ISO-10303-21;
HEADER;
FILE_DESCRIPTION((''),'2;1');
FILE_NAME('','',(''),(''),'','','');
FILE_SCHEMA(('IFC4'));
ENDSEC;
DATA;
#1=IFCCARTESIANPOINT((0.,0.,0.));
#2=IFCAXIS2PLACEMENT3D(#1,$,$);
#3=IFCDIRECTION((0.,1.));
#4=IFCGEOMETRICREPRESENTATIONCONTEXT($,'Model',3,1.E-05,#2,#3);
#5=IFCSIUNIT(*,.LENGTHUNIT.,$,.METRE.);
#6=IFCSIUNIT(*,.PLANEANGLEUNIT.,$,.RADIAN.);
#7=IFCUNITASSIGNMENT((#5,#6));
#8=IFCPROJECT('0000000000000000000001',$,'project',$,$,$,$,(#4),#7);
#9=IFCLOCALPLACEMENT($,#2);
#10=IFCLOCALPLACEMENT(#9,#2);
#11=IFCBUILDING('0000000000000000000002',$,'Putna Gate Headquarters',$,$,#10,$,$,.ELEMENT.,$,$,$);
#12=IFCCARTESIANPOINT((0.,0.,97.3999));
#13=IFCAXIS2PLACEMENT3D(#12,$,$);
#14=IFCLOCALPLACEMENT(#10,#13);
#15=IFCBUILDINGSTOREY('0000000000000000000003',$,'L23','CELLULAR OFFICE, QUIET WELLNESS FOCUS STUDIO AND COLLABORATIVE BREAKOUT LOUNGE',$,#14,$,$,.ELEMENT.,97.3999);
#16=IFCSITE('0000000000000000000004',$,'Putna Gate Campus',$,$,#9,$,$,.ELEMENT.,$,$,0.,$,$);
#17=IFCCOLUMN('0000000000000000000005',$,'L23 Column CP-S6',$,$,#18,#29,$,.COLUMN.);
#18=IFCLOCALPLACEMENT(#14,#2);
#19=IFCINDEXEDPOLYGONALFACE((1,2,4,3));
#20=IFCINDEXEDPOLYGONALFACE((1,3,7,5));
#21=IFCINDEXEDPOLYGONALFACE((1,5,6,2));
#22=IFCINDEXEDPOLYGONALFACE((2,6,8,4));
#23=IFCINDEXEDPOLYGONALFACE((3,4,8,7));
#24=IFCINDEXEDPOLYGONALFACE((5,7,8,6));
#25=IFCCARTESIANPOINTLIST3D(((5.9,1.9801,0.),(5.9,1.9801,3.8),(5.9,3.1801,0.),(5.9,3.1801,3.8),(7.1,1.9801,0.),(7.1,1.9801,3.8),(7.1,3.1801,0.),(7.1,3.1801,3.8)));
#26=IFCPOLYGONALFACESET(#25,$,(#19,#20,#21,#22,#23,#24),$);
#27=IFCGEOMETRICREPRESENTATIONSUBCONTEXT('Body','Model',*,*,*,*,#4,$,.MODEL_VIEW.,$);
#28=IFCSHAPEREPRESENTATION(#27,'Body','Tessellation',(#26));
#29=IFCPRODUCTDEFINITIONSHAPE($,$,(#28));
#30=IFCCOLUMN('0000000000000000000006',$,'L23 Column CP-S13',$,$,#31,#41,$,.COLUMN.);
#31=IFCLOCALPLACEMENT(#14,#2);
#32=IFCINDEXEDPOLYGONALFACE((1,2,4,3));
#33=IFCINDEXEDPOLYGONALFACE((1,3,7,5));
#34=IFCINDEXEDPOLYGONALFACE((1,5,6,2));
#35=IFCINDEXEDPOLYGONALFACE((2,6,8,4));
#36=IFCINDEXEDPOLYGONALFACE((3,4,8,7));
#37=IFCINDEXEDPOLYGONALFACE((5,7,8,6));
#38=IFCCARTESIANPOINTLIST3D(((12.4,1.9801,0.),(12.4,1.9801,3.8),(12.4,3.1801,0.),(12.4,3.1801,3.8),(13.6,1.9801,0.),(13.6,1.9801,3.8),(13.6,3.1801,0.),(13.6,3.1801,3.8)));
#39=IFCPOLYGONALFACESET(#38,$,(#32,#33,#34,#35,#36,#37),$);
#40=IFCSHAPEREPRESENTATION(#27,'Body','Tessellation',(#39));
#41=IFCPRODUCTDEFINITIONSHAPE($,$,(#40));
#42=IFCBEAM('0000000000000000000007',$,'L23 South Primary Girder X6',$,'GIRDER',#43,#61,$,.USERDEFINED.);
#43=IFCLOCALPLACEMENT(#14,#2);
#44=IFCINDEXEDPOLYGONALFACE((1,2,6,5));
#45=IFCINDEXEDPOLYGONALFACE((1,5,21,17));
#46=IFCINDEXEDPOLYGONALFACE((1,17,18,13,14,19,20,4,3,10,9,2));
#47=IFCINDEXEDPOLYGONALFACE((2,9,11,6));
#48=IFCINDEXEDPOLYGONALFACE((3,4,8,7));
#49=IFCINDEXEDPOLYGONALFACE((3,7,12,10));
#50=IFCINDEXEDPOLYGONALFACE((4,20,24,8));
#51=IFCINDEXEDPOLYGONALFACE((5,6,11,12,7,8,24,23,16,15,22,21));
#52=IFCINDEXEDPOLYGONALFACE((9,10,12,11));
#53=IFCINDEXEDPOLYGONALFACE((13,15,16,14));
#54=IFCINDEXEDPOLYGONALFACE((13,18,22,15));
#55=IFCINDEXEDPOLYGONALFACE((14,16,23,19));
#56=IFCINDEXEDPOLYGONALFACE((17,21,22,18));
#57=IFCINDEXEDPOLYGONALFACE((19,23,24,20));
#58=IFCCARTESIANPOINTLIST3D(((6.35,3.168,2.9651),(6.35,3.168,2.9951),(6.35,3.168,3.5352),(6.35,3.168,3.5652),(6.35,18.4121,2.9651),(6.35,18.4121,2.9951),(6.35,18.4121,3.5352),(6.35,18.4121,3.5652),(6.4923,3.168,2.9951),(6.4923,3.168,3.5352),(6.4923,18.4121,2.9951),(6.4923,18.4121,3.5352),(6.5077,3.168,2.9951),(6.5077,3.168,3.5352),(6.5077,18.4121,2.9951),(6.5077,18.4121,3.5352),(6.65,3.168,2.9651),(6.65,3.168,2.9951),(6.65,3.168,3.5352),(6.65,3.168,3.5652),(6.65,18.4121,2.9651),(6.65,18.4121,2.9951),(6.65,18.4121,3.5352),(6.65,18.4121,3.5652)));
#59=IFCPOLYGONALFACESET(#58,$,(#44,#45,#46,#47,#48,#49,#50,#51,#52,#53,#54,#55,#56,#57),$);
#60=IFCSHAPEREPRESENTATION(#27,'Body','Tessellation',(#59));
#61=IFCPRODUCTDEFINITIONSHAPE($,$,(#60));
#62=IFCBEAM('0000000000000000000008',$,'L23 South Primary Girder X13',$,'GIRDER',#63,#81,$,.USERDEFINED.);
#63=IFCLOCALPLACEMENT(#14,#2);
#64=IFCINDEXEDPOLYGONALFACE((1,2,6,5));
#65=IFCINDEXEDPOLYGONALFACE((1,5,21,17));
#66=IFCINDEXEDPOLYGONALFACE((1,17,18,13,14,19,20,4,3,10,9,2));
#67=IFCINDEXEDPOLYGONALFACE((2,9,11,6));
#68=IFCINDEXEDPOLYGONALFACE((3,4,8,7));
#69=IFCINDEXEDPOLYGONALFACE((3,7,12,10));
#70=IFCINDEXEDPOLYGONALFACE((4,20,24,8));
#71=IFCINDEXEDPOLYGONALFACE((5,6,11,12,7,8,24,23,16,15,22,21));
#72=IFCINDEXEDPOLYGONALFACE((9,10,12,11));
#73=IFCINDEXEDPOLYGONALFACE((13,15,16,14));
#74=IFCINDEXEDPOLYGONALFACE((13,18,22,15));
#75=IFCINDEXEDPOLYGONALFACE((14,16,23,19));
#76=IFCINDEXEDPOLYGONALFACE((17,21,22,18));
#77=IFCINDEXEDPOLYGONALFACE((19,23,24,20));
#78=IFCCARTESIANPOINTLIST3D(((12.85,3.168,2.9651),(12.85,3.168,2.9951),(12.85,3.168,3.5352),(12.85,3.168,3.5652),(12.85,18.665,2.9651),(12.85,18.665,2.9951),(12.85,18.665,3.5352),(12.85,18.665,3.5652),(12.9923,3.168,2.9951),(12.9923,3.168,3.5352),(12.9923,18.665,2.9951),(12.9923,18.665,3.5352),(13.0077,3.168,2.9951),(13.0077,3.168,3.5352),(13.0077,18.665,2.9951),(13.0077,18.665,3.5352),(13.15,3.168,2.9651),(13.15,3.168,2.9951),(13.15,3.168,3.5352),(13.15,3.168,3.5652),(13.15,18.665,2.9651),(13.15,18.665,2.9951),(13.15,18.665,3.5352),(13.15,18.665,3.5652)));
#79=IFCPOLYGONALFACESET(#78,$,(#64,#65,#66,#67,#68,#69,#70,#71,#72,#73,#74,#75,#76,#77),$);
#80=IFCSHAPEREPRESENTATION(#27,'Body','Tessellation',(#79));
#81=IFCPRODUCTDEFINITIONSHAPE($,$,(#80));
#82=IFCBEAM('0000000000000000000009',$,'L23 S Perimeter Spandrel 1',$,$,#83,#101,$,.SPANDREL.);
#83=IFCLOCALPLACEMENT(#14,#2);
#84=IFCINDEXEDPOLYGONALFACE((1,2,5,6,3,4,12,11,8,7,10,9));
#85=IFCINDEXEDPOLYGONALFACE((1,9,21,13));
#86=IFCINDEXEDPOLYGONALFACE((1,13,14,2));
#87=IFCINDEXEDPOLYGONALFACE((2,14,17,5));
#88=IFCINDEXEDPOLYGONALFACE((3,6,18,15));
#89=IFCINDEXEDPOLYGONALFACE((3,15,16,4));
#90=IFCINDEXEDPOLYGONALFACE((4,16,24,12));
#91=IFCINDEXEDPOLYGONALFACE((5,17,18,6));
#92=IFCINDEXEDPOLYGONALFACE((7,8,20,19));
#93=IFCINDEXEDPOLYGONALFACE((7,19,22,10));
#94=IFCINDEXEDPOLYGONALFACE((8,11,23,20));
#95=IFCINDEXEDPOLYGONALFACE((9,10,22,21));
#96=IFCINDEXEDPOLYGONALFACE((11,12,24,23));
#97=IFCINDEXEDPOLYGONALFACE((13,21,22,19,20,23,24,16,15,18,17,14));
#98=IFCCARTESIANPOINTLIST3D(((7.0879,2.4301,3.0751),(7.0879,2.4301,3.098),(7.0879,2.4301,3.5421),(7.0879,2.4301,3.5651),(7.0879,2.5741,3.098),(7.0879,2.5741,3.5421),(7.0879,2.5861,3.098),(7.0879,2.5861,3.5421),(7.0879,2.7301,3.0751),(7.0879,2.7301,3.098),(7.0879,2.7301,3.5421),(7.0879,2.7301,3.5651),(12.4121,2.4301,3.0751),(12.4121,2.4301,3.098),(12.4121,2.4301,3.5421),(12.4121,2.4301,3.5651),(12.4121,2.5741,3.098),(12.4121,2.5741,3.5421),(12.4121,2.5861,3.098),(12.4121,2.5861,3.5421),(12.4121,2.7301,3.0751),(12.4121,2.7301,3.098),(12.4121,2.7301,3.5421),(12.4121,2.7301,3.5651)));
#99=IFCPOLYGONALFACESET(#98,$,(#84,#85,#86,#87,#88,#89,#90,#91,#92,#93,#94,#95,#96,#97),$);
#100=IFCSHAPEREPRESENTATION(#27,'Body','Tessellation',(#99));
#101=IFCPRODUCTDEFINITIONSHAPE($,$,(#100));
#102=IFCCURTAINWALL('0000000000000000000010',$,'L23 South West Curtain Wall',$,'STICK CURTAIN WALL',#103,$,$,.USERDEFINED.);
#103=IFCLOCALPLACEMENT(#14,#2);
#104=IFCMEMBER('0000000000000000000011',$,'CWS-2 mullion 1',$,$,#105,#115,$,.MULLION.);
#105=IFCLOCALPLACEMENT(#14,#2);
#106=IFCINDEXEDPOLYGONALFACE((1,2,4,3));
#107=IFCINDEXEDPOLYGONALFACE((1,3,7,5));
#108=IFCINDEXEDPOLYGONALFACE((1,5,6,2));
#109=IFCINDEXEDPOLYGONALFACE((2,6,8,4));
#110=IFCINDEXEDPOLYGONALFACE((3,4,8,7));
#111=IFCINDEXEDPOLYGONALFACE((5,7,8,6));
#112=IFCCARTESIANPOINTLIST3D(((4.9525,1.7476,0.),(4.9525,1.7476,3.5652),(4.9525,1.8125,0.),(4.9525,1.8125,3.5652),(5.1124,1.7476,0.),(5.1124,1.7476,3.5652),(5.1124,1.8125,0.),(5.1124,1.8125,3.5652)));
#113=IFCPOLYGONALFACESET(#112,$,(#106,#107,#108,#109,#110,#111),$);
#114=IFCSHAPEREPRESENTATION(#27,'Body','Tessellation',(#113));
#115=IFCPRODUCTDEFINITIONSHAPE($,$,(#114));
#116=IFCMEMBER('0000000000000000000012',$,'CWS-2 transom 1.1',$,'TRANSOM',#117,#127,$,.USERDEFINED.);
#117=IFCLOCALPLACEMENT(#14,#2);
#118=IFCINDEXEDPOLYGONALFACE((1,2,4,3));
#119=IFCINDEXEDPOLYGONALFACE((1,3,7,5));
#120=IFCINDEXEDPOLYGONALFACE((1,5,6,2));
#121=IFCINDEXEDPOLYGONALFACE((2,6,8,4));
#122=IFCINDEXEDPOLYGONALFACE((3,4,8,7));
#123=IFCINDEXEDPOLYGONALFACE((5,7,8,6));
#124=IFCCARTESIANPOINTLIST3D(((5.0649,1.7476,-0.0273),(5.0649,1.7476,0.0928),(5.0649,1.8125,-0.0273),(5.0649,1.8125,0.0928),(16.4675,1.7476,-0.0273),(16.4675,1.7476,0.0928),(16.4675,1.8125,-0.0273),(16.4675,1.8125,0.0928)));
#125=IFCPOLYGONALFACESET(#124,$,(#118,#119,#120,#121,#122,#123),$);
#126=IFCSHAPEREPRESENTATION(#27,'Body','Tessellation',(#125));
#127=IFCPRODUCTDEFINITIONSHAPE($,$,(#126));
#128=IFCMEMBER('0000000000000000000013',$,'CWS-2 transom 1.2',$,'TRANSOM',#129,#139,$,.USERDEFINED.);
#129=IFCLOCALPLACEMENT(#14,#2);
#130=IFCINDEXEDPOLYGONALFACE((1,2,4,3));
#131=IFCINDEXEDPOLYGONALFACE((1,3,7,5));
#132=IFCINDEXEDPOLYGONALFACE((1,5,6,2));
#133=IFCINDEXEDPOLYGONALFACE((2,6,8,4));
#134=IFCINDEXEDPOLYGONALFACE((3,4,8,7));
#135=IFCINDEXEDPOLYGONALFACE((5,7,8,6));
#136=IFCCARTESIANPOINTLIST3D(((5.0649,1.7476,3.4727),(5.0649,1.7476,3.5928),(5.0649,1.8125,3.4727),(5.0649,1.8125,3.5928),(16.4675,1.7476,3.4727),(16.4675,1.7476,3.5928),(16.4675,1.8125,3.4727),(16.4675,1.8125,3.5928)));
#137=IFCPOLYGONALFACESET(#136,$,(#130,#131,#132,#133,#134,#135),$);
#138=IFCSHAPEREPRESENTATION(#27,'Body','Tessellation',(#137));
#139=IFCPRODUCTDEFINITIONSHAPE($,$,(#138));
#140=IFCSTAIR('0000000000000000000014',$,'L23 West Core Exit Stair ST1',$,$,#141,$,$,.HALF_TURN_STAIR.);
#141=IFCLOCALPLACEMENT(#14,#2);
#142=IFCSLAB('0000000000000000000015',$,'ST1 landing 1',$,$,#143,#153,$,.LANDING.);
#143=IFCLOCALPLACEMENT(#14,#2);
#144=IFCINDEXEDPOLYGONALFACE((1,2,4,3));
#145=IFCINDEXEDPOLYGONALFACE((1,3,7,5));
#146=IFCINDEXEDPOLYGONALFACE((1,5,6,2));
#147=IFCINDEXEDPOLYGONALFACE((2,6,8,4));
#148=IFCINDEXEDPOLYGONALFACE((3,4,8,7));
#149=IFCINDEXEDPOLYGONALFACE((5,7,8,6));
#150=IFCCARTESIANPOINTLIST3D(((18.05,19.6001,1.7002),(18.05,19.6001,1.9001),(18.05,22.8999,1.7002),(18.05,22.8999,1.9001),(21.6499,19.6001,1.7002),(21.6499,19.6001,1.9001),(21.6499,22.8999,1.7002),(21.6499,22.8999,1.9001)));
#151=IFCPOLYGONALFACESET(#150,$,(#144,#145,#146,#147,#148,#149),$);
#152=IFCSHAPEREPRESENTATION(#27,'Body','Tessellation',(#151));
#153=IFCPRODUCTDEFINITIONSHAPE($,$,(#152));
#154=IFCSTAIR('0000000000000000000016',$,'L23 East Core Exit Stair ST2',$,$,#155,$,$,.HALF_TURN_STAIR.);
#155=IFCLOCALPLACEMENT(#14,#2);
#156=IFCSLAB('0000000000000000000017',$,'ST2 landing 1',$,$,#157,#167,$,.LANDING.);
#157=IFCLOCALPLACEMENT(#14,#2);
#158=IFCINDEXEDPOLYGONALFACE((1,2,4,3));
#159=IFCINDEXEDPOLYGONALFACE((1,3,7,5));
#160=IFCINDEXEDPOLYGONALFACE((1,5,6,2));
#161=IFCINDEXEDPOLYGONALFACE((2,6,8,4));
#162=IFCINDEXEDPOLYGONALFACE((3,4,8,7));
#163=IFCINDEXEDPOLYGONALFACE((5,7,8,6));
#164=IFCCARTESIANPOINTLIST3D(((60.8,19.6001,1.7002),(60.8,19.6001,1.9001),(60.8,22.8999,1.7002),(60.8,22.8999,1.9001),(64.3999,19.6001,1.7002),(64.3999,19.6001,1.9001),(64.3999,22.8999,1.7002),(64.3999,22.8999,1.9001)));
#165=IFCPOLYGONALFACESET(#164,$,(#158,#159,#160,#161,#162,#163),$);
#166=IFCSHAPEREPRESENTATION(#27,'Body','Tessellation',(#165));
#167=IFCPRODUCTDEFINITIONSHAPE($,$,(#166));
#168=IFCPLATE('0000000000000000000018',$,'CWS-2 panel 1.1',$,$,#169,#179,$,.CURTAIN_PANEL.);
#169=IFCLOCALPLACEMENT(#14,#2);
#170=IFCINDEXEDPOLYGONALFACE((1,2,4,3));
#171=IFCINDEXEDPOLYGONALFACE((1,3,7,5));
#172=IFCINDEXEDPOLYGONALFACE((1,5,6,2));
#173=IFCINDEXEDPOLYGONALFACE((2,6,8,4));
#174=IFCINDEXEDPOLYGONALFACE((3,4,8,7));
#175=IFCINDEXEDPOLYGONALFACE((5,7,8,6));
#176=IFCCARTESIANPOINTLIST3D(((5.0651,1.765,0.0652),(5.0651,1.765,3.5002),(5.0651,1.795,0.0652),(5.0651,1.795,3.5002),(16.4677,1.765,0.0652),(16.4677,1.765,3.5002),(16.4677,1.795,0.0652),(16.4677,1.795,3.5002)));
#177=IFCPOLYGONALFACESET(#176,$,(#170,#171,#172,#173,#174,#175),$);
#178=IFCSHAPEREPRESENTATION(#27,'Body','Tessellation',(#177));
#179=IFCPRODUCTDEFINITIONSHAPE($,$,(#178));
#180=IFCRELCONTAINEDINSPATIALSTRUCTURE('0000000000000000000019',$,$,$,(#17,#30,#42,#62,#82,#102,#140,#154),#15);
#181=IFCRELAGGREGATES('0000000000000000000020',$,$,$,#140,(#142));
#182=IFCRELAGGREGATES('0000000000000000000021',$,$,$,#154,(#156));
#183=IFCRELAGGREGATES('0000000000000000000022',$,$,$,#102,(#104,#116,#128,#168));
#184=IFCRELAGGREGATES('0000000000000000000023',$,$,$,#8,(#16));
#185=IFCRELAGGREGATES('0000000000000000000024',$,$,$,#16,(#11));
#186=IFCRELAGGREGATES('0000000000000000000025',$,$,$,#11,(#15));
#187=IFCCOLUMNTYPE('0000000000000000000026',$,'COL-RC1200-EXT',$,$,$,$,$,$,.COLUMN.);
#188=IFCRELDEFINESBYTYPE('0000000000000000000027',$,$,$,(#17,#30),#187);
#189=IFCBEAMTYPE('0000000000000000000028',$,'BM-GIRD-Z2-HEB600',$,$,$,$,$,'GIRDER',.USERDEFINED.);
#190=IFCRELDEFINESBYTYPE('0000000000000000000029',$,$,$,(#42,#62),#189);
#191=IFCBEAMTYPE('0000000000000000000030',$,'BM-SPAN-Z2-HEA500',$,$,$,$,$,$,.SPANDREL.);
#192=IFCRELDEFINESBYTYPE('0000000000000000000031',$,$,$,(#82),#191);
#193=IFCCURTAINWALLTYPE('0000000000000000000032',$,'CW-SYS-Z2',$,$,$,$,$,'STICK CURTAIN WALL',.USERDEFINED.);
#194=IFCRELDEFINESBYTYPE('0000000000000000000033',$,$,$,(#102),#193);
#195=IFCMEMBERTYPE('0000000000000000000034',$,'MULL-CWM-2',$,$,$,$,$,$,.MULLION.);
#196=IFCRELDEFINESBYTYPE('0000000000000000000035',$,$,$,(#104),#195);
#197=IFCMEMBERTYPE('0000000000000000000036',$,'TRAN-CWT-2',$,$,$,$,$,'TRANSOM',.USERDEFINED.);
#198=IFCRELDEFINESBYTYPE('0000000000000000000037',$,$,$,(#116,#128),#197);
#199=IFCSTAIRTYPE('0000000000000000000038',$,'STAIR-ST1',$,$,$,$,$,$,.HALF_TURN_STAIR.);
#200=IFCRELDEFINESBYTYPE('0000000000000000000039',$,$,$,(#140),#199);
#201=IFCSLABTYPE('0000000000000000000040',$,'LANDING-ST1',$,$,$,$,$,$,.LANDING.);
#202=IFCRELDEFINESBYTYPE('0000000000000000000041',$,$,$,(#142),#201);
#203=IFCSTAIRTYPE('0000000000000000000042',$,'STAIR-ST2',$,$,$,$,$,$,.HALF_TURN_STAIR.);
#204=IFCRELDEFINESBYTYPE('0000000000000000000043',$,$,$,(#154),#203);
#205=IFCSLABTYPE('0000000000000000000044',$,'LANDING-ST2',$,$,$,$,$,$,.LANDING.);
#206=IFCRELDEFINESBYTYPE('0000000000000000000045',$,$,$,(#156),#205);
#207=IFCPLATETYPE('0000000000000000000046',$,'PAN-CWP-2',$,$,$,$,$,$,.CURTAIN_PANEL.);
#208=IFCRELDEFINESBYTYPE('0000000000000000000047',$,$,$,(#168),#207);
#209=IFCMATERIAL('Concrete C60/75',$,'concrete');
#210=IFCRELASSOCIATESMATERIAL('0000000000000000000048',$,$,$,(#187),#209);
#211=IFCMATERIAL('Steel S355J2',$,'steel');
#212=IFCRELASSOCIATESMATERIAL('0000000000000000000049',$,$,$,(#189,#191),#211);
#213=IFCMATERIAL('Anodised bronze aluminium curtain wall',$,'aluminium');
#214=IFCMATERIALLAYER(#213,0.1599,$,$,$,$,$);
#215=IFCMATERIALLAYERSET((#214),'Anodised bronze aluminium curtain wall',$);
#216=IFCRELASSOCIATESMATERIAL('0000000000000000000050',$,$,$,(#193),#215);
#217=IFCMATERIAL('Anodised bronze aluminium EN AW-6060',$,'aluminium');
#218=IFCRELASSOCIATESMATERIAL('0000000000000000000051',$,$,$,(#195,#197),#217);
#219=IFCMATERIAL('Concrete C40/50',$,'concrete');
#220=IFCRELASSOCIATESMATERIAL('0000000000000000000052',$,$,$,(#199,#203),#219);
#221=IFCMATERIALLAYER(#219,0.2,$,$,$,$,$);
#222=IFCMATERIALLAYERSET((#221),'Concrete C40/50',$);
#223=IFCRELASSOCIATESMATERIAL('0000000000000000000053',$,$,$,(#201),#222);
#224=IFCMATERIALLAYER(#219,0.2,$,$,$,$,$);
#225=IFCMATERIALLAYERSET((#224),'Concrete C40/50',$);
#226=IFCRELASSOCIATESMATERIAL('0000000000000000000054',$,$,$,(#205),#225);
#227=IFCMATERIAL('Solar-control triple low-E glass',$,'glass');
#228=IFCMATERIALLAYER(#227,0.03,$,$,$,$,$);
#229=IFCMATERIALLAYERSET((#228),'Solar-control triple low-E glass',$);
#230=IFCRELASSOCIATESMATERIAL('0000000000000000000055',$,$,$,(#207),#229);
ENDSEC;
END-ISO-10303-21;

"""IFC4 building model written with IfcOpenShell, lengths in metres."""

from ifc_helpers import new_model, si_unit, direction, frame, origin, origin_2d, place, context, subcontext, project, spatial, polyline, rectangle, i_section, outline, extrude, material, layer, layer_set, material_profile, profile_set, type_object, element, aggregate, save


model = new_model("IFC4")

# Units and contexts
model_context = context("Model", 3, precision=1e-05, world=origin(), true_north=direction((0.0, 1.0)))
body_context = subcontext(model_context, "Body", "Model", "MODEL_VIEW")
ifc_project = project(units=[si_unit("LENGTHUNIT", "METRE"), si_unit("PLANEANGLEUNIT", "RADIAN")], contexts=[model_context])

# Site, building, storey
site_placement = place(None, origin())
site = spatial("IfcSite", under=ifc_project, at=site_placement, Name="Putna Gate Campus", CompositionType="ELEMENT", RefElevation=0.0)
building_placement = place(site_placement, origin())
building = spatial("IfcBuilding", under=site, at=building_placement, Name="Putna Gate Headquarters", CompositionType="ELEMENT")
storey_placement = place(building_placement, frame((0.0, 0.0, 97.3999)))
storey = spatial("IfcBuildingStorey", under=building, at=storey_placement, Name="L23", Description="CELLULAR OFFICE, QUIET WELLNESS FOCUS STUDIO AND COLLABORATIVE BREAKOUT LOUNGE", CompositionType="ELEMENT", Elevation=97.3999)

# Columns
ifc_material_1 = material(Name="Concrete C60/75", Category="concrete")
ifc_material_profile_1 = material_profile(ifc_material_1, rectangle(XDim=1.2, YDim=1.2, at=origin_2d()), Name="Concrete C60/75")
ifc_profile_set_1 = profile_set([ifc_material_profile_1], Name="Concrete C60/75")
column_type = type_object("IfcColumnType", Name="COL-RC1200-EXT", PredefinedType="COLUMN", material=ifc_profile_set_1)
for number, where, z_axis, x_axis, name in (
    (1, (6.5, 2.5801, 0.0), (0.0, 0.0, 1.0), (1.0, 0.0, 0.0), "L23 Column CP-S6"),
    (2, (13.0, 2.5801, 0.0), (0.0, 0.0, 1.0), (1.0, 0.0, 0.0), "L23 Column CP-S13"),
):
    element("IfcColumn", number, at=place(storey_placement, frame(where, z_axis=z_axis, x_axis=x_axis)), inside=storey, type_object=column_type, Name=name, PredefinedType="COLUMN", context=body_context, shape_type="SweptSolid", body=[
        extrude(rectangle(XDim=1.2, YDim=1.2, at=origin_2d()), origin(), (0.0, 0.0, 1.0), 3.8),
    ])

# Beams
ifc_material_2 = material(Name="Steel S355J2", Category="steel")
ifc_material_profile_2 = material_profile(ifc_material_2, i_section(OverallWidth=0.3, OverallDepth=0.6001, WebThickness=0.0154, FlangeThickness=0.03, at=origin_2d()), Name="Steel S355J2")
ifc_profile_set_2 = profile_set([ifc_material_profile_2], Name="Steel S355J2")
beam_type_1 = type_object("IfcBeamType", Name="BM-GIRD-Z2-HEB600", ElementType="GIRDER", PredefinedType="USERDEFINED", material=ifc_profile_set_2)
beam_1_placement = place(storey_placement, frame((6.5, 3.168, 3.2651), z_axis=(0.0, 1.0, 0.0), x_axis=(-1.0, 0.0, 0.0)))
element("IfcBeam", 3, at=beam_1_placement, inside=storey, type_object=beam_type_1, Name="L23 South Primary Girder X6", ObjectType="GIRDER", PredefinedType="USERDEFINED", context=body_context, shape_type="SweptSolid", body=[
    extrude(i_section(OverallWidth=0.3, OverallDepth=0.6001, WebThickness=0.0154, FlangeThickness=0.03, at=origin_2d()), origin(), (0.0, 0.0, 1.0), 15.2441),
])
beam_2_placement = place(storey_placement, frame((13.0, 3.168, 3.2651), z_axis=(0.0, 1.0, 0.0), x_axis=(-1.0, 0.0, 0.0)))
element("IfcBeam", 4, at=beam_2_placement, inside=storey, type_object=beam_type_1, Name="L23 South Primary Girder X13", ObjectType="GIRDER", PredefinedType="USERDEFINED", context=body_context, shape_type="SweptSolid", body=[
    extrude(i_section(OverallWidth=0.3, OverallDepth=0.6001, WebThickness=0.0154, FlangeThickness=0.03, at=origin_2d()), origin(), (0.0, 0.0, 1.0), 15.4971),
])
ifc_material_profile_3 = material_profile(ifc_material_2, i_section(OverallWidth=0.3, OverallDepth=0.49, WebThickness=0.012, FlangeThickness=0.0229, at=origin_2d()), Name="Steel S355J2")
ifc_profile_set_3 = profile_set([ifc_material_profile_3], Name="Steel S355J2")
beam_type_2 = type_object("IfcBeamType", Name="BM-SPAN-Z2-HEA500", PredefinedType="SPANDREL", material=ifc_profile_set_3)
beam_3_placement = place(storey_placement, frame((7.0879, 2.5801, 3.3201), z_axis=(1.0, 0.0, 0.0), x_axis=(0.0, 1.0, 0.0)))
element("IfcBeam", 5, at=beam_3_placement, inside=storey, type_object=beam_type_2, Name="L23 S Perimeter Spandrel 1", PredefinedType="SPANDREL", context=body_context, shape_type="SweptSolid", body=[
    extrude(i_section(OverallWidth=0.3, OverallDepth=0.49, WebThickness=0.012, FlangeThickness=0.0229, at=origin_2d()), origin(), (0.0, 0.0, 1.0), 5.3242),
])

# Curtain wall, members
ifc_material_3 = material(Name="Anodised bronze aluminium curtain wall", Category="aluminium")
ifc_layer_1 = layer(ifc_material_3, 0.1599)
ifc_layer_set_1 = layer_set([ifc_layer_1], Name="Anodised bronze aluminium curtain wall")
curtain_wall_type = type_object("IfcCurtainWallType", Name="CW-SYS-Z2", ElementType="STICK CURTAIN WALL", PredefinedType="USERDEFINED", material=ifc_layer_set_1)
curtain_wall_placement = place(storey_placement, origin())
curtain_wall = element("IfcCurtainWall", 6, at=curtain_wall_placement, inside=storey, type_object=curtain_wall_type, Name="L23 South West Curtain Wall", ObjectType="STICK CURTAIN WALL", PredefinedType="USERDEFINED")
ifc_material_4 = material(Name="Anodised bronze aluminium EN AW-6060", Category="aluminium")
ifc_material_profile_4 = material_profile(ifc_material_4, rectangle(XDim=0.0649, YDim=0.1599, at=origin_2d()), Name="Anodised bronze aluminium EN AW-6060")
ifc_profile_set_4 = profile_set([ifc_material_profile_4], Name="Anodised bronze aluminium EN AW-6060")
member_type_1 = type_object("IfcMemberType", Name="MULL-CWM-2", PredefinedType="MULLION", material=ifc_profile_set_4)
member_1_placement = place(storey_placement, frame((5.0325, 1.78, 0.0), z_axis=(0.0, 0.0, 1.0), x_axis=(0.0, 1.0, 0.0)))
member_1 = element("IfcMember", 7, at=member_1_placement, type_object=member_type_1, Name="CWS-2 mullion 1", PredefinedType="MULLION", context=body_context, shape_type="SweptSolid", body=[
    extrude(rectangle(XDim=0.0649, YDim=0.1599, at=origin_2d()), origin(), (0.0, 0.0, 1.0), 3.5652),
])
ifc_material_profile_5 = material_profile(ifc_material_4, rectangle(XDim=0.0649, YDim=0.1201, at=origin_2d()), Name="Anodised bronze aluminium EN AW-6060")
ifc_profile_set_5 = profile_set([ifc_material_profile_5], Name="Anodised bronze aluminium EN AW-6060")
member_type_2 = type_object("IfcMemberType", Name="TRAN-CWT-2", ElementType="TRANSOM", PredefinedType="USERDEFINED", material=ifc_profile_set_5)
member_2_placement = place(storey_placement, frame((5.0649, 1.78, 0.0327), z_axis=(1.0, 0.0, 0.0), x_axis=(0.0, 1.0, 0.0)))
member_2 = element("IfcMember", 8, at=member_2_placement, type_object=member_type_2, Name="CWS-2 transom 1.1", ObjectType="TRANSOM", PredefinedType="USERDEFINED", context=body_context, shape_type="SweptSolid", body=[
    extrude(rectangle(XDim=0.0649, YDim=0.1201, at=origin_2d()), origin(), (0.0, 0.0, 1.0), 11.4026),
])
member_3_placement = place(storey_placement, frame((5.0649, 1.78, 3.5327), z_axis=(1.0, 0.0, 0.0), x_axis=(0.0, 1.0, 0.0)))
member_3 = element("IfcMember", 9, at=member_3_placement, type_object=member_type_2, Name="CWS-2 transom 1.2", ObjectType="TRANSOM", PredefinedType="USERDEFINED", context=body_context, shape_type="SweptSolid", body=[
    extrude(rectangle(XDim=0.0649, YDim=0.1201, at=origin_2d()), origin(), (0.0, 0.0, 1.0), 11.4026),
])

# Stairs, slabs
ifc_material_5 = material(Name="Concrete C40/50", Category="concrete")
stair_type_1 = type_object("IfcStairType", Name="STAIR-ST1", PredefinedType="HALF_TURN_STAIR", material=ifc_material_5)
stair_1_placement = place(storey_placement, origin())
stair_1 = element("IfcStair", 10, at=stair_1_placement, inside=storey, type_object=stair_type_1, Name="L23 West Core Exit Stair ST1", PredefinedType="HALF_TURN_STAIR")
ifc_layer_2 = layer(ifc_material_5, 0.2)
ifc_layer_set_2 = layer_set([ifc_layer_2], Name="Concrete C40/50")
slab_type_1 = type_object("IfcSlabType", Name="LANDING-ST1", PredefinedType="LANDING", material=ifc_layer_set_2)
slab_1_placement = place(storey_placement, frame((0.0, 0.0, 1.7002)))
slab_1 = element("IfcSlab", 11, at=slab_1_placement, type_object=slab_type_1, Name="ST1 landing 1", PredefinedType="LANDING", context=body_context, shape_type="SweptSolid", body=[
    extrude(outline(polyline([(18.05, 19.6001), (21.6499, 19.6001), (21.6499, 22.8999), (18.05, 22.8999), (18.05, 19.6001)])), origin(), (0.0, 0.0, 1.0), 0.2),
])
aggregate(stair_1, [slab_1])
stair_type_2 = type_object("IfcStairType", Name="STAIR-ST2", PredefinedType="HALF_TURN_STAIR", material=ifc_material_5)
stair_2_placement = place(storey_placement, origin())
stair_2 = element("IfcStair", 12, at=stair_2_placement, inside=storey, type_object=stair_type_2, Name="L23 East Core Exit Stair ST2", PredefinedType="HALF_TURN_STAIR")
ifc_layer_3 = layer(ifc_material_5, 0.2)
ifc_layer_set_3 = layer_set([ifc_layer_3], Name="Concrete C40/50")
slab_type_2 = type_object("IfcSlabType", Name="LANDING-ST2", PredefinedType="LANDING", material=ifc_layer_set_3)
slab_2_placement = place(storey_placement, frame((0.0, 0.0, 1.7002)))
slab_2 = element("IfcSlab", 13, at=slab_2_placement, type_object=slab_type_2, Name="ST2 landing 1", PredefinedType="LANDING", context=body_context, shape_type="SweptSolid", body=[
    extrude(outline(polyline([(60.8, 19.6001), (64.3999, 19.6001), (64.3999, 22.8999), (60.8, 22.8999), (60.8, 19.6001)])), origin(), (0.0, 0.0, 1.0), 0.2),
])
aggregate(stair_2, [slab_2])

# Plate
ifc_material_6 = material(Name="Solar-control triple low-E glass", Category="glass")
ifc_layer_4 = layer(ifc_material_6, 0.03)
ifc_layer_set_4 = layer_set([ifc_layer_4], Name="Solar-control triple low-E glass")
plate_type = type_object("IfcPlateType", Name="PAN-CWP-2", PredefinedType="CURTAIN_PANEL", material=ifc_layer_set_4)
plate_placement = place(storey_placement, frame((10.7664, 1.78, 0.0652), z_axis=(0.0, 0.0, 1.0), x_axis=(1.0, 0.0, 0.0)))
plate = element("IfcPlate", 14, at=plate_placement, type_object=plate_type, Name="CWS-2 panel 1.1", PredefinedType="CURTAIN_PANEL", context=body_context, shape_type="SweptSolid", body=[
    extrude(rectangle(XDim=11.4026, YDim=0.03, at=origin_2d()), origin(), (0.0, 0.0, 1.0), 3.4351),
])
aggregate(curtain_wall, [member_1, member_2, member_3, plate])

save(model, "model.ifc")
